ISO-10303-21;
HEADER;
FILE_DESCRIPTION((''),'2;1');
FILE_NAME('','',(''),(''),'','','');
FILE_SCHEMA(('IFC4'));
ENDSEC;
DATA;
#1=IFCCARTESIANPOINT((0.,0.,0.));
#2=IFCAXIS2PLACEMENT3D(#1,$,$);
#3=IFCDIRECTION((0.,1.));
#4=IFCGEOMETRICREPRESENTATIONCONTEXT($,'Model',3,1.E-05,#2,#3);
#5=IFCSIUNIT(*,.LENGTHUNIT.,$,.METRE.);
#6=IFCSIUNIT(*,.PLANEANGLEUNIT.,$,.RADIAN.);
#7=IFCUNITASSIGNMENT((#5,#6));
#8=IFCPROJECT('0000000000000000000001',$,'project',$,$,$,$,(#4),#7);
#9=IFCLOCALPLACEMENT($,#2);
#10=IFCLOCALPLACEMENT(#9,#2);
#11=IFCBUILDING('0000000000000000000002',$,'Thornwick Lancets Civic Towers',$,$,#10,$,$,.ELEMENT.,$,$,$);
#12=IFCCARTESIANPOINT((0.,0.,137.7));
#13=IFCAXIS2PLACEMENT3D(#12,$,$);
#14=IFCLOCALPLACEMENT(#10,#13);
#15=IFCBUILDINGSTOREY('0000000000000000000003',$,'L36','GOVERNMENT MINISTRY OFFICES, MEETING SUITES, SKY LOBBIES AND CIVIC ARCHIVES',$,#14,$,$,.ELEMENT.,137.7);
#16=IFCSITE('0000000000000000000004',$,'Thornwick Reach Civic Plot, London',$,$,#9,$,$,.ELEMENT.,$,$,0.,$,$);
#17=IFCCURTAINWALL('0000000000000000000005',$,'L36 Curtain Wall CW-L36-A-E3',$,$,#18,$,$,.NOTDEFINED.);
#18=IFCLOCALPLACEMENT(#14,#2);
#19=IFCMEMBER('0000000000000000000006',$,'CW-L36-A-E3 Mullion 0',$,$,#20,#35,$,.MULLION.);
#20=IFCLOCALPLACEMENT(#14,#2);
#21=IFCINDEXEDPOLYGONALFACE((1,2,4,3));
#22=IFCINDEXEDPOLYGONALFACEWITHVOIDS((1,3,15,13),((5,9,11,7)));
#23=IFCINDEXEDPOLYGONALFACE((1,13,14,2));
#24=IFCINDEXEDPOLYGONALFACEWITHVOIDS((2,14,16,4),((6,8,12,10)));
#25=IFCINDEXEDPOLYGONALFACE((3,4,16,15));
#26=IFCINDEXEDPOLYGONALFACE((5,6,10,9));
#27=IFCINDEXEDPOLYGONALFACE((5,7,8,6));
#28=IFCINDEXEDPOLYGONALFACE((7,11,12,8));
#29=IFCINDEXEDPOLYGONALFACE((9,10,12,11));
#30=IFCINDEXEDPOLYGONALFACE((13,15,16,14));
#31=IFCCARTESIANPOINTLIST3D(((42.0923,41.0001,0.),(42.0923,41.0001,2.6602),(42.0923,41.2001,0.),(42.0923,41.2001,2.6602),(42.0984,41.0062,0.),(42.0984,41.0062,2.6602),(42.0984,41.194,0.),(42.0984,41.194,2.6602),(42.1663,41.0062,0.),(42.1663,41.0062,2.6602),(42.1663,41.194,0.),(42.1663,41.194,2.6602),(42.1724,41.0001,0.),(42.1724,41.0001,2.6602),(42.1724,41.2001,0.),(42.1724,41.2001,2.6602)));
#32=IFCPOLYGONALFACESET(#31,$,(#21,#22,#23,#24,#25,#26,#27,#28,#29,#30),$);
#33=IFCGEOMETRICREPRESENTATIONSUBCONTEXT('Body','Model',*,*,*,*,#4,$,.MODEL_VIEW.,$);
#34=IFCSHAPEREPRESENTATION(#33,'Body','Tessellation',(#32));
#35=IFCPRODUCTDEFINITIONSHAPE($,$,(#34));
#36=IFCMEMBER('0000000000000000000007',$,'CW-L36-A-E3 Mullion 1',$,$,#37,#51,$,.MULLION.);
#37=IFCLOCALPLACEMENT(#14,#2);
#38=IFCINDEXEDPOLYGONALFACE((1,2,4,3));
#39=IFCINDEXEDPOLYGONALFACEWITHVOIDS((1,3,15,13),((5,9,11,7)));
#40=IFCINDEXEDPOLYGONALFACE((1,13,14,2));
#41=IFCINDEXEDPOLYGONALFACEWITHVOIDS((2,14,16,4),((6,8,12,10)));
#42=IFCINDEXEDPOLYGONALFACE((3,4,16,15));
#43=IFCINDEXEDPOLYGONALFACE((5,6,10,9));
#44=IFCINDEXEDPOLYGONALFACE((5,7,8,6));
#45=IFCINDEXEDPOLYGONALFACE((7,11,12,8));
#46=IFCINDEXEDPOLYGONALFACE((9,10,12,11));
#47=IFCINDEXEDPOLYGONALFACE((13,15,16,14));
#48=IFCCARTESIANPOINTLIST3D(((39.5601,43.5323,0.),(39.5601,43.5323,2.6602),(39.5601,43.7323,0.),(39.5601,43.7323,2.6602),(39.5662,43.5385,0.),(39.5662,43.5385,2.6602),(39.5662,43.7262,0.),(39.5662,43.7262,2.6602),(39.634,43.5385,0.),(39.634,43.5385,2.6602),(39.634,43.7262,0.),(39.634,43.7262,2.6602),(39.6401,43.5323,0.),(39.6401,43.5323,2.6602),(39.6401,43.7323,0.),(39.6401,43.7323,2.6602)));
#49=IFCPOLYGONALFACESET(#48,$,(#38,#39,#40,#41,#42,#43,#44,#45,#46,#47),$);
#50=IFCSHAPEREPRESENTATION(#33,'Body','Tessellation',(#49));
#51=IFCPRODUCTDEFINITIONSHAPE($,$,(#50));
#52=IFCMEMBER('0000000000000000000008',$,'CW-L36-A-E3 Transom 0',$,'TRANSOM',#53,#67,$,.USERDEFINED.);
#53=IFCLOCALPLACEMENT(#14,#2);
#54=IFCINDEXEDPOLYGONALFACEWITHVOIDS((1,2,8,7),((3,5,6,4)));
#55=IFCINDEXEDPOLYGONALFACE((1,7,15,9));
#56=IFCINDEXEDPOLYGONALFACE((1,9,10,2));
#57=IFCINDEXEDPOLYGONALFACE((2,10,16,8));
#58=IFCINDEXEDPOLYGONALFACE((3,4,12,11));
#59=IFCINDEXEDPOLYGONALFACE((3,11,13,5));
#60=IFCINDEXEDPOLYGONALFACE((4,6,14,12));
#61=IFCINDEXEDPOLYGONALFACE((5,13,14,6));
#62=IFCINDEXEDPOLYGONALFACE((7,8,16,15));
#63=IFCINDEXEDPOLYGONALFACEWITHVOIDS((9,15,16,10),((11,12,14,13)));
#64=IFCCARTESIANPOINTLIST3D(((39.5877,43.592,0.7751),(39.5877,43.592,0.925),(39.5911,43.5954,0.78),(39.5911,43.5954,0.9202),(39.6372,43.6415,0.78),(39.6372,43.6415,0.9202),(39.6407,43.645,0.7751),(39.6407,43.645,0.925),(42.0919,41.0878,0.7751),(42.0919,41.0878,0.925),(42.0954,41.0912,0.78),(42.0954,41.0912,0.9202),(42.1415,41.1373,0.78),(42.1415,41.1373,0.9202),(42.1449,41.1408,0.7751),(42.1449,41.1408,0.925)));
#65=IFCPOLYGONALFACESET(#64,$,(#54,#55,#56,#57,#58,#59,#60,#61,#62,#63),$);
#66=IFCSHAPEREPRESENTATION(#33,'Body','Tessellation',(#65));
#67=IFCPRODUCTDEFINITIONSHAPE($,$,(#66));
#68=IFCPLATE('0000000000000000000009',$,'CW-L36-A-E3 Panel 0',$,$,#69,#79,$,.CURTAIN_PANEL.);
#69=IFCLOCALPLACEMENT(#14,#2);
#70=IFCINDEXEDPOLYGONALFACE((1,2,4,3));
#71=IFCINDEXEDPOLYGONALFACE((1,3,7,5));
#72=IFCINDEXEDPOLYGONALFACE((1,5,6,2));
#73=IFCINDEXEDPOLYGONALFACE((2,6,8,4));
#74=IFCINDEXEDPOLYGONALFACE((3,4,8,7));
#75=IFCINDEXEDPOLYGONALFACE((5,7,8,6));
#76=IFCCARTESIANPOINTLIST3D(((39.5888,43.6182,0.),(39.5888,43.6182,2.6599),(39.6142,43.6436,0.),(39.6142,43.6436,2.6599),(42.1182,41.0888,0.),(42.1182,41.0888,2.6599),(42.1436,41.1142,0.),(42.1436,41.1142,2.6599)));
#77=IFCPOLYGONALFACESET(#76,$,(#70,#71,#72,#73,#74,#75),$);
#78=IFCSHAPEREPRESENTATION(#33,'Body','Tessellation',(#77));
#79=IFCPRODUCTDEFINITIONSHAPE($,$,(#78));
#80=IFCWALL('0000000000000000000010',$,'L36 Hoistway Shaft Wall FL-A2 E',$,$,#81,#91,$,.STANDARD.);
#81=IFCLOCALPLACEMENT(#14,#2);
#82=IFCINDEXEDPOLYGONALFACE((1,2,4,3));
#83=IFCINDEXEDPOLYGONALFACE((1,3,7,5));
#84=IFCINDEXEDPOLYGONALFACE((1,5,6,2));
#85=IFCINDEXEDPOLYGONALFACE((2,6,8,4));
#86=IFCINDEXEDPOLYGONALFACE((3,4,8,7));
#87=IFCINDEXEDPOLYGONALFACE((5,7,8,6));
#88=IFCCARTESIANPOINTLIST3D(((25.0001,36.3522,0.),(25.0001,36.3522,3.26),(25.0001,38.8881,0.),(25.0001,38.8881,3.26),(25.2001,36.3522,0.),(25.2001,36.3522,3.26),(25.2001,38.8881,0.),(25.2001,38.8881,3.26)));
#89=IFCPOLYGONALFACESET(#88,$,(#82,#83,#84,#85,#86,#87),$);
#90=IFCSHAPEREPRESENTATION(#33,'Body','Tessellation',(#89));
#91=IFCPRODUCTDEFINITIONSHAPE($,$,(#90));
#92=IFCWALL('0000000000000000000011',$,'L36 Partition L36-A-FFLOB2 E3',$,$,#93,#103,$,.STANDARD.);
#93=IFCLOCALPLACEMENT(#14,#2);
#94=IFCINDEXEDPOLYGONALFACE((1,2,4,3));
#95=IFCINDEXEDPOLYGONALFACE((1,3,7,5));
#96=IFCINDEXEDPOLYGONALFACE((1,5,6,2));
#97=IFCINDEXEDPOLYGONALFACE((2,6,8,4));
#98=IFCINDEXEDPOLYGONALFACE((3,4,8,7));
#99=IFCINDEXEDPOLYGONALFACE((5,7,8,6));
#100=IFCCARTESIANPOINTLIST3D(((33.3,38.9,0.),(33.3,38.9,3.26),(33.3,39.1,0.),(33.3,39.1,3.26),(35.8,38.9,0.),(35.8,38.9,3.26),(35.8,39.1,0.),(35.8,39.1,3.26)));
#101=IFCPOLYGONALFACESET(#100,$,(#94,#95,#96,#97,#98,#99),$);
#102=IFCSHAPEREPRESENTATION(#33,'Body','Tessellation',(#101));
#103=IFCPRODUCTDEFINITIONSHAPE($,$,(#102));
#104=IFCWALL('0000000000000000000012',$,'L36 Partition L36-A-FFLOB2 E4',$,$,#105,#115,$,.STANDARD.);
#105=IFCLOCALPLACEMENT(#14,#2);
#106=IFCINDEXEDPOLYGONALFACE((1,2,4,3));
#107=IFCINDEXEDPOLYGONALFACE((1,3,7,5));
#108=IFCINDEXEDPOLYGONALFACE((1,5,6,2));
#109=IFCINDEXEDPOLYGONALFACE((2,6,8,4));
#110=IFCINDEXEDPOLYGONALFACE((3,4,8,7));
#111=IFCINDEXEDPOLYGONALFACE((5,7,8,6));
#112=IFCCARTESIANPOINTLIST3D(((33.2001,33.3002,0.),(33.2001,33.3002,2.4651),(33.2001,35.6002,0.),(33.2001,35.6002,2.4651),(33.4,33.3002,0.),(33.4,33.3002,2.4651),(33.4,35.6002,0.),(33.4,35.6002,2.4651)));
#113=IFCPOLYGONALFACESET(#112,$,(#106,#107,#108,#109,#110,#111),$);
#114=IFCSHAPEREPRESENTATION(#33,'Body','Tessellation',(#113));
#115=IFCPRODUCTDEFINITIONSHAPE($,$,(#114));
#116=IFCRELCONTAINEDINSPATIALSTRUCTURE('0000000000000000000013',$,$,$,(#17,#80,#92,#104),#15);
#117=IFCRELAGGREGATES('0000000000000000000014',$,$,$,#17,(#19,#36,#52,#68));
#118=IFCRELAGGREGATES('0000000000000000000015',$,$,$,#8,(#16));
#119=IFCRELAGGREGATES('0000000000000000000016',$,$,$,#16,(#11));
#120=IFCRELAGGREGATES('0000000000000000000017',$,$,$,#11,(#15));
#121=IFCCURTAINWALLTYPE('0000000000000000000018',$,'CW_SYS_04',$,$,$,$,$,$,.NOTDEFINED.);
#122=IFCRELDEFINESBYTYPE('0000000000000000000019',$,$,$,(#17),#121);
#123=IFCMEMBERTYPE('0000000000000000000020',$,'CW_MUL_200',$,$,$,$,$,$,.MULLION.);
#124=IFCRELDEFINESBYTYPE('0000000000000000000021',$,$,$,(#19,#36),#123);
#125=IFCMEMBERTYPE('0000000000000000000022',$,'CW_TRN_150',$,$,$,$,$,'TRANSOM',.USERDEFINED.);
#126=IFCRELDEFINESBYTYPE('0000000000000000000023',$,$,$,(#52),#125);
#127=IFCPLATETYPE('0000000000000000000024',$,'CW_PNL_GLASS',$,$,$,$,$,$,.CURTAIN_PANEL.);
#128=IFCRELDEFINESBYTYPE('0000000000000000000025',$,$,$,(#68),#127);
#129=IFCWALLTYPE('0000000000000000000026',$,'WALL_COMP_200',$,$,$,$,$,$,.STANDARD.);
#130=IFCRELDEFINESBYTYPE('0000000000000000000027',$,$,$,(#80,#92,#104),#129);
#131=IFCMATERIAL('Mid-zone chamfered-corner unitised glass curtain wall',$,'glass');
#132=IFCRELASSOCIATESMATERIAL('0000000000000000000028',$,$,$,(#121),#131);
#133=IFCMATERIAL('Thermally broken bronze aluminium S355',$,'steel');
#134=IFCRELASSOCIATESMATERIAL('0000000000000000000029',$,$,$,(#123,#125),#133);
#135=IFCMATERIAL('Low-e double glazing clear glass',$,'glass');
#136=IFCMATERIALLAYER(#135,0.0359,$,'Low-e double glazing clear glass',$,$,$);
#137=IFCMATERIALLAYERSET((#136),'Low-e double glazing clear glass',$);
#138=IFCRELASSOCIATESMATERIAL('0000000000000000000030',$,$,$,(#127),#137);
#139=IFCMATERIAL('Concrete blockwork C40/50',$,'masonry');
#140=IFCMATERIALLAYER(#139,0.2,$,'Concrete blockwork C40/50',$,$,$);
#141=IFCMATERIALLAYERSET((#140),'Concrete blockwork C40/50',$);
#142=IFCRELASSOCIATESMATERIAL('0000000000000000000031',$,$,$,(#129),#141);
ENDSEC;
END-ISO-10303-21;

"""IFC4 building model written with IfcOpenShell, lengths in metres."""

from ifc_helpers import new_model, si_unit, direction, frame, frame_2d, origin, origin_2d, place, context, subcontext, project, spatial, rectangle, hollow_rectangle, extrude, material, layer, layer_set, material_profile, profile_set, type_object, element, aggregate, save


model = new_model("IFC4")

# Units and contexts
model_context = context("Model", 3, precision=1e-05, world=origin(), true_north=direction((0.0, 1.0)))
body_context = subcontext(model_context, "Body", "Model", "MODEL_VIEW")
ifc_project = project(units=[si_unit("LENGTHUNIT", "METRE"), si_unit("PLANEANGLEUNIT", "RADIAN")], contexts=[model_context])

# Site, building, storey
site_placement = place(None, origin())
site = spatial("IfcSite", under=ifc_project, at=site_placement, Name="Thornwick Reach Civic Plot, London", CompositionType="ELEMENT", RefElevation=0.0)
building_placement = place(site_placement, origin())
building = spatial("IfcBuilding", under=site, at=building_placement, Name="Thornwick Lancets Civic Towers", CompositionType="ELEMENT")
storey_placement = place(building_placement, frame((0.0, 0.0, 137.7)))
storey = spatial("IfcBuildingStorey", under=building, at=storey_placement, Name="L36", Description="GOVERNMENT MINISTRY OFFICES, MEETING SUITES, SKY LOBBIES AND CIVIC ARCHIVES", CompositionType="ELEMENT", Elevation=137.7)

# Curtain wall, members, plate
ifc_material_1 = material(Name="Mid-zone chamfered-corner unitised glass curtain wall", Category="glass")
curtain_wall_type = type_object("IfcCurtainWallType", Name="CW_SYS_04", PredefinedType="NOTDEFINED", material=ifc_material_1)
curtain_wall_placement = place(storey_placement, origin())
curtain_wall = element("IfcCurtainWall", 1, at=curtain_wall_placement, inside=storey, type_object=curtain_wall_type, Name="L36 Curtain Wall CW-L36-A-E3", PredefinedType="NOTDEFINED")
ifc_material_2 = material(Name="Thermally broken bronze aluminium S355", Category="steel")
ifc_material_profile_1 = material_profile(ifc_material_2, hollow_rectangle(XDim=0.0801, YDim=0.2, WallThickness=0.0061, at=origin_2d()), Name="RHS 200x80x6")
ifc_profile_set_1 = profile_set([ifc_material_profile_1], Name="Thermally broken bronze aluminium S355")
member_type_1 = type_object("IfcMemberType", Name="CW_MUL_200", PredefinedType="MULLION", material=ifc_profile_set_1)
member_1_placement = place(storey_placement, frame((42.1323, 41.1001, 0.0), z_axis=(0.0, 0.0, 1.0), x_axis=(1.0, 0.0, 0.0)))
member_1 = element("IfcMember", 2, at=member_1_placement, type_object=member_type_1, Name="CW-L36-A-E3 Mullion 0", PredefinedType="MULLION", context=body_context, shape_type="SweptSolid", body=[
    extrude(hollow_rectangle(XDim=0.0801, YDim=0.2, WallThickness=0.0061, at=origin_2d()), origin(), (0.0, 0.0, 1.0), 2.6602),
])
member_2_placement = place(storey_placement, frame((39.6001, 43.6323, 0.0), z_axis=(0.0, 0.0, 1.0), x_axis=(1.0, 0.0, 0.0)))
member_2 = element("IfcMember", 3, at=member_2_placement, type_object=member_type_1, Name="CW-L36-A-E3 Mullion 1", PredefinedType="MULLION", context=body_context, shape_type="SweptSolid", body=[
    extrude(hollow_rectangle(XDim=0.0801, YDim=0.2, WallThickness=0.0061, at=origin_2d()), origin(), (0.0, 0.0, 1.0), 2.6602),
])
ifc_material_profile_2 = material_profile(ifc_material_2, hollow_rectangle(XDim=0.075, YDim=0.1499, WallThickness=0.0049, at=origin_2d()), Name="RHS 150x75x5")
ifc_profile_set_2 = profile_set([ifc_material_profile_2], Name="Thermally broken bronze aluminium S355")
member_type_2 = type_object("IfcMemberType", Name="CW_TRN_150", ElementType="TRANSOM", PredefinedType="USERDEFINED", material=ifc_profile_set_2)
member_3_placement = place(storey_placement, frame((42.1184, 41.1143, 0.8501), z_axis=(-0.707107, 0.707107, 0.0), x_axis=(-0.707107, -0.707107, 0.0)))
member_3 = element("IfcMember", 4, at=member_3_placement, type_object=member_type_2, Name="CW-L36-A-E3 Transom 0", ObjectType="TRANSOM", PredefinedType="USERDEFINED", context=body_context, shape_type="SweptSolid", body=[
    extrude(hollow_rectangle(XDim=0.075, YDim=0.1499, WallThickness=0.0049, at=origin_2d()), origin(), (0.0, 0.0, 1.0), 3.5415),
])
ifc_material_3 = material(Name="Low-e double glazing clear glass", Category="glass")
ifc_layer_1 = layer(ifc_material_3, 0.0359, Name="Low-e double glazing clear glass")
ifc_layer_set_1 = layer_set([ifc_layer_1], Name="Low-e double glazing clear glass")
plate_type = type_object("IfcPlateType", Name="CW_PNL_GLASS", PredefinedType="CURTAIN_PANEL", material=ifc_layer_set_1)
plate_placement = place(storey_placement, frame((40.8662, 42.3662, 0.0), z_axis=(0.0, 0.0, 1.0), x_axis=(-0.707107, 0.707107, 0.0)))
plate = element("IfcPlate", 5, at=plate_placement, type_object=plate_type, Name="CW-L36-A-E3 Panel 0", PredefinedType="CURTAIN_PANEL", context=body_context, shape_type="SweptSolid", body=[
    extrude(rectangle(XDim=3.5771, YDim=0.0359, at=origin_2d()), origin(), (0.0, 0.0, 1.0), 2.6599),
])
aggregate(curtain_wall, [member_1, member_2, member_3, plate])

# Walls
ifc_material_4 = material(Name="Concrete blockwork C40/50", Category="masonry")
ifc_layer_2 = layer(ifc_material_4, 0.2, Name="Concrete blockwork C40/50")
ifc_layer_set_2 = layer_set([ifc_layer_2], Name="Concrete blockwork C40/50")
wall_type_1 = type_object("IfcWallType", Name="WALL_COMP_200", PredefinedType="STANDARD", material=ifc_layer_set_2)
wall_1_placement = place(storey_placement, frame((25.1001, 36.3521, 0.0), z_axis=(0.0, 0.0, 1.0), x_axis=(0.0, 1.0, 0.0)))
element("IfcWall", 6, at=wall_1_placement, inside=storey, type_object=wall_type_1, Name="L36 Hoistway Shaft Wall FL-A2 E", PredefinedType="STANDARD", context=body_context, shape_type="SweptSolid", body=[
    extrude(rectangle(XDim=2.5359, YDim=0.2, at=frame_2d((1.2681, 0.0))), origin(), (0.0, 0.0, 1.0), 3.26),
])
wall_2_placement = place(storey_placement, frame((35.8, 39.0, 0.0), z_axis=(0.0, 0.0, 1.0), x_axis=(-1.0, 0.0, 0.0)))
element("IfcWall", 7, at=wall_2_placement, inside=storey, type_object=wall_type_1, Name="L36 Partition L36-A-FFLOB2 E3", PredefinedType="STANDARD", context=body_context, shape_type="SweptSolid", body=[
    extrude(rectangle(XDim=2.5, YDim=0.2, at=frame_2d((1.25, 0.0))), origin(), (0.0, 0.0, 1.0), 3.26),
])
wall_3_placement = place(storey_placement, frame((33.3, 35.6001, 0.0), z_axis=(0.0, 0.0, 1.0), x_axis=(0.0, -1.0, 0.0)))
element("IfcWall", 8, at=wall_3_placement, inside=storey, type_object=wall_type_1, Name="L36 Partition L36-A-FFLOB2 E4", PredefinedType="STANDARD", context=body_context, shape_type="SweptSolid", body=[
    extrude(rectangle(XDim=2.3, YDim=0.2, at=frame_2d((1.1499, 0.0))), origin(), (0.0, 0.0, 1.0), 2.4651),
])

save(model, "model.ifc")
